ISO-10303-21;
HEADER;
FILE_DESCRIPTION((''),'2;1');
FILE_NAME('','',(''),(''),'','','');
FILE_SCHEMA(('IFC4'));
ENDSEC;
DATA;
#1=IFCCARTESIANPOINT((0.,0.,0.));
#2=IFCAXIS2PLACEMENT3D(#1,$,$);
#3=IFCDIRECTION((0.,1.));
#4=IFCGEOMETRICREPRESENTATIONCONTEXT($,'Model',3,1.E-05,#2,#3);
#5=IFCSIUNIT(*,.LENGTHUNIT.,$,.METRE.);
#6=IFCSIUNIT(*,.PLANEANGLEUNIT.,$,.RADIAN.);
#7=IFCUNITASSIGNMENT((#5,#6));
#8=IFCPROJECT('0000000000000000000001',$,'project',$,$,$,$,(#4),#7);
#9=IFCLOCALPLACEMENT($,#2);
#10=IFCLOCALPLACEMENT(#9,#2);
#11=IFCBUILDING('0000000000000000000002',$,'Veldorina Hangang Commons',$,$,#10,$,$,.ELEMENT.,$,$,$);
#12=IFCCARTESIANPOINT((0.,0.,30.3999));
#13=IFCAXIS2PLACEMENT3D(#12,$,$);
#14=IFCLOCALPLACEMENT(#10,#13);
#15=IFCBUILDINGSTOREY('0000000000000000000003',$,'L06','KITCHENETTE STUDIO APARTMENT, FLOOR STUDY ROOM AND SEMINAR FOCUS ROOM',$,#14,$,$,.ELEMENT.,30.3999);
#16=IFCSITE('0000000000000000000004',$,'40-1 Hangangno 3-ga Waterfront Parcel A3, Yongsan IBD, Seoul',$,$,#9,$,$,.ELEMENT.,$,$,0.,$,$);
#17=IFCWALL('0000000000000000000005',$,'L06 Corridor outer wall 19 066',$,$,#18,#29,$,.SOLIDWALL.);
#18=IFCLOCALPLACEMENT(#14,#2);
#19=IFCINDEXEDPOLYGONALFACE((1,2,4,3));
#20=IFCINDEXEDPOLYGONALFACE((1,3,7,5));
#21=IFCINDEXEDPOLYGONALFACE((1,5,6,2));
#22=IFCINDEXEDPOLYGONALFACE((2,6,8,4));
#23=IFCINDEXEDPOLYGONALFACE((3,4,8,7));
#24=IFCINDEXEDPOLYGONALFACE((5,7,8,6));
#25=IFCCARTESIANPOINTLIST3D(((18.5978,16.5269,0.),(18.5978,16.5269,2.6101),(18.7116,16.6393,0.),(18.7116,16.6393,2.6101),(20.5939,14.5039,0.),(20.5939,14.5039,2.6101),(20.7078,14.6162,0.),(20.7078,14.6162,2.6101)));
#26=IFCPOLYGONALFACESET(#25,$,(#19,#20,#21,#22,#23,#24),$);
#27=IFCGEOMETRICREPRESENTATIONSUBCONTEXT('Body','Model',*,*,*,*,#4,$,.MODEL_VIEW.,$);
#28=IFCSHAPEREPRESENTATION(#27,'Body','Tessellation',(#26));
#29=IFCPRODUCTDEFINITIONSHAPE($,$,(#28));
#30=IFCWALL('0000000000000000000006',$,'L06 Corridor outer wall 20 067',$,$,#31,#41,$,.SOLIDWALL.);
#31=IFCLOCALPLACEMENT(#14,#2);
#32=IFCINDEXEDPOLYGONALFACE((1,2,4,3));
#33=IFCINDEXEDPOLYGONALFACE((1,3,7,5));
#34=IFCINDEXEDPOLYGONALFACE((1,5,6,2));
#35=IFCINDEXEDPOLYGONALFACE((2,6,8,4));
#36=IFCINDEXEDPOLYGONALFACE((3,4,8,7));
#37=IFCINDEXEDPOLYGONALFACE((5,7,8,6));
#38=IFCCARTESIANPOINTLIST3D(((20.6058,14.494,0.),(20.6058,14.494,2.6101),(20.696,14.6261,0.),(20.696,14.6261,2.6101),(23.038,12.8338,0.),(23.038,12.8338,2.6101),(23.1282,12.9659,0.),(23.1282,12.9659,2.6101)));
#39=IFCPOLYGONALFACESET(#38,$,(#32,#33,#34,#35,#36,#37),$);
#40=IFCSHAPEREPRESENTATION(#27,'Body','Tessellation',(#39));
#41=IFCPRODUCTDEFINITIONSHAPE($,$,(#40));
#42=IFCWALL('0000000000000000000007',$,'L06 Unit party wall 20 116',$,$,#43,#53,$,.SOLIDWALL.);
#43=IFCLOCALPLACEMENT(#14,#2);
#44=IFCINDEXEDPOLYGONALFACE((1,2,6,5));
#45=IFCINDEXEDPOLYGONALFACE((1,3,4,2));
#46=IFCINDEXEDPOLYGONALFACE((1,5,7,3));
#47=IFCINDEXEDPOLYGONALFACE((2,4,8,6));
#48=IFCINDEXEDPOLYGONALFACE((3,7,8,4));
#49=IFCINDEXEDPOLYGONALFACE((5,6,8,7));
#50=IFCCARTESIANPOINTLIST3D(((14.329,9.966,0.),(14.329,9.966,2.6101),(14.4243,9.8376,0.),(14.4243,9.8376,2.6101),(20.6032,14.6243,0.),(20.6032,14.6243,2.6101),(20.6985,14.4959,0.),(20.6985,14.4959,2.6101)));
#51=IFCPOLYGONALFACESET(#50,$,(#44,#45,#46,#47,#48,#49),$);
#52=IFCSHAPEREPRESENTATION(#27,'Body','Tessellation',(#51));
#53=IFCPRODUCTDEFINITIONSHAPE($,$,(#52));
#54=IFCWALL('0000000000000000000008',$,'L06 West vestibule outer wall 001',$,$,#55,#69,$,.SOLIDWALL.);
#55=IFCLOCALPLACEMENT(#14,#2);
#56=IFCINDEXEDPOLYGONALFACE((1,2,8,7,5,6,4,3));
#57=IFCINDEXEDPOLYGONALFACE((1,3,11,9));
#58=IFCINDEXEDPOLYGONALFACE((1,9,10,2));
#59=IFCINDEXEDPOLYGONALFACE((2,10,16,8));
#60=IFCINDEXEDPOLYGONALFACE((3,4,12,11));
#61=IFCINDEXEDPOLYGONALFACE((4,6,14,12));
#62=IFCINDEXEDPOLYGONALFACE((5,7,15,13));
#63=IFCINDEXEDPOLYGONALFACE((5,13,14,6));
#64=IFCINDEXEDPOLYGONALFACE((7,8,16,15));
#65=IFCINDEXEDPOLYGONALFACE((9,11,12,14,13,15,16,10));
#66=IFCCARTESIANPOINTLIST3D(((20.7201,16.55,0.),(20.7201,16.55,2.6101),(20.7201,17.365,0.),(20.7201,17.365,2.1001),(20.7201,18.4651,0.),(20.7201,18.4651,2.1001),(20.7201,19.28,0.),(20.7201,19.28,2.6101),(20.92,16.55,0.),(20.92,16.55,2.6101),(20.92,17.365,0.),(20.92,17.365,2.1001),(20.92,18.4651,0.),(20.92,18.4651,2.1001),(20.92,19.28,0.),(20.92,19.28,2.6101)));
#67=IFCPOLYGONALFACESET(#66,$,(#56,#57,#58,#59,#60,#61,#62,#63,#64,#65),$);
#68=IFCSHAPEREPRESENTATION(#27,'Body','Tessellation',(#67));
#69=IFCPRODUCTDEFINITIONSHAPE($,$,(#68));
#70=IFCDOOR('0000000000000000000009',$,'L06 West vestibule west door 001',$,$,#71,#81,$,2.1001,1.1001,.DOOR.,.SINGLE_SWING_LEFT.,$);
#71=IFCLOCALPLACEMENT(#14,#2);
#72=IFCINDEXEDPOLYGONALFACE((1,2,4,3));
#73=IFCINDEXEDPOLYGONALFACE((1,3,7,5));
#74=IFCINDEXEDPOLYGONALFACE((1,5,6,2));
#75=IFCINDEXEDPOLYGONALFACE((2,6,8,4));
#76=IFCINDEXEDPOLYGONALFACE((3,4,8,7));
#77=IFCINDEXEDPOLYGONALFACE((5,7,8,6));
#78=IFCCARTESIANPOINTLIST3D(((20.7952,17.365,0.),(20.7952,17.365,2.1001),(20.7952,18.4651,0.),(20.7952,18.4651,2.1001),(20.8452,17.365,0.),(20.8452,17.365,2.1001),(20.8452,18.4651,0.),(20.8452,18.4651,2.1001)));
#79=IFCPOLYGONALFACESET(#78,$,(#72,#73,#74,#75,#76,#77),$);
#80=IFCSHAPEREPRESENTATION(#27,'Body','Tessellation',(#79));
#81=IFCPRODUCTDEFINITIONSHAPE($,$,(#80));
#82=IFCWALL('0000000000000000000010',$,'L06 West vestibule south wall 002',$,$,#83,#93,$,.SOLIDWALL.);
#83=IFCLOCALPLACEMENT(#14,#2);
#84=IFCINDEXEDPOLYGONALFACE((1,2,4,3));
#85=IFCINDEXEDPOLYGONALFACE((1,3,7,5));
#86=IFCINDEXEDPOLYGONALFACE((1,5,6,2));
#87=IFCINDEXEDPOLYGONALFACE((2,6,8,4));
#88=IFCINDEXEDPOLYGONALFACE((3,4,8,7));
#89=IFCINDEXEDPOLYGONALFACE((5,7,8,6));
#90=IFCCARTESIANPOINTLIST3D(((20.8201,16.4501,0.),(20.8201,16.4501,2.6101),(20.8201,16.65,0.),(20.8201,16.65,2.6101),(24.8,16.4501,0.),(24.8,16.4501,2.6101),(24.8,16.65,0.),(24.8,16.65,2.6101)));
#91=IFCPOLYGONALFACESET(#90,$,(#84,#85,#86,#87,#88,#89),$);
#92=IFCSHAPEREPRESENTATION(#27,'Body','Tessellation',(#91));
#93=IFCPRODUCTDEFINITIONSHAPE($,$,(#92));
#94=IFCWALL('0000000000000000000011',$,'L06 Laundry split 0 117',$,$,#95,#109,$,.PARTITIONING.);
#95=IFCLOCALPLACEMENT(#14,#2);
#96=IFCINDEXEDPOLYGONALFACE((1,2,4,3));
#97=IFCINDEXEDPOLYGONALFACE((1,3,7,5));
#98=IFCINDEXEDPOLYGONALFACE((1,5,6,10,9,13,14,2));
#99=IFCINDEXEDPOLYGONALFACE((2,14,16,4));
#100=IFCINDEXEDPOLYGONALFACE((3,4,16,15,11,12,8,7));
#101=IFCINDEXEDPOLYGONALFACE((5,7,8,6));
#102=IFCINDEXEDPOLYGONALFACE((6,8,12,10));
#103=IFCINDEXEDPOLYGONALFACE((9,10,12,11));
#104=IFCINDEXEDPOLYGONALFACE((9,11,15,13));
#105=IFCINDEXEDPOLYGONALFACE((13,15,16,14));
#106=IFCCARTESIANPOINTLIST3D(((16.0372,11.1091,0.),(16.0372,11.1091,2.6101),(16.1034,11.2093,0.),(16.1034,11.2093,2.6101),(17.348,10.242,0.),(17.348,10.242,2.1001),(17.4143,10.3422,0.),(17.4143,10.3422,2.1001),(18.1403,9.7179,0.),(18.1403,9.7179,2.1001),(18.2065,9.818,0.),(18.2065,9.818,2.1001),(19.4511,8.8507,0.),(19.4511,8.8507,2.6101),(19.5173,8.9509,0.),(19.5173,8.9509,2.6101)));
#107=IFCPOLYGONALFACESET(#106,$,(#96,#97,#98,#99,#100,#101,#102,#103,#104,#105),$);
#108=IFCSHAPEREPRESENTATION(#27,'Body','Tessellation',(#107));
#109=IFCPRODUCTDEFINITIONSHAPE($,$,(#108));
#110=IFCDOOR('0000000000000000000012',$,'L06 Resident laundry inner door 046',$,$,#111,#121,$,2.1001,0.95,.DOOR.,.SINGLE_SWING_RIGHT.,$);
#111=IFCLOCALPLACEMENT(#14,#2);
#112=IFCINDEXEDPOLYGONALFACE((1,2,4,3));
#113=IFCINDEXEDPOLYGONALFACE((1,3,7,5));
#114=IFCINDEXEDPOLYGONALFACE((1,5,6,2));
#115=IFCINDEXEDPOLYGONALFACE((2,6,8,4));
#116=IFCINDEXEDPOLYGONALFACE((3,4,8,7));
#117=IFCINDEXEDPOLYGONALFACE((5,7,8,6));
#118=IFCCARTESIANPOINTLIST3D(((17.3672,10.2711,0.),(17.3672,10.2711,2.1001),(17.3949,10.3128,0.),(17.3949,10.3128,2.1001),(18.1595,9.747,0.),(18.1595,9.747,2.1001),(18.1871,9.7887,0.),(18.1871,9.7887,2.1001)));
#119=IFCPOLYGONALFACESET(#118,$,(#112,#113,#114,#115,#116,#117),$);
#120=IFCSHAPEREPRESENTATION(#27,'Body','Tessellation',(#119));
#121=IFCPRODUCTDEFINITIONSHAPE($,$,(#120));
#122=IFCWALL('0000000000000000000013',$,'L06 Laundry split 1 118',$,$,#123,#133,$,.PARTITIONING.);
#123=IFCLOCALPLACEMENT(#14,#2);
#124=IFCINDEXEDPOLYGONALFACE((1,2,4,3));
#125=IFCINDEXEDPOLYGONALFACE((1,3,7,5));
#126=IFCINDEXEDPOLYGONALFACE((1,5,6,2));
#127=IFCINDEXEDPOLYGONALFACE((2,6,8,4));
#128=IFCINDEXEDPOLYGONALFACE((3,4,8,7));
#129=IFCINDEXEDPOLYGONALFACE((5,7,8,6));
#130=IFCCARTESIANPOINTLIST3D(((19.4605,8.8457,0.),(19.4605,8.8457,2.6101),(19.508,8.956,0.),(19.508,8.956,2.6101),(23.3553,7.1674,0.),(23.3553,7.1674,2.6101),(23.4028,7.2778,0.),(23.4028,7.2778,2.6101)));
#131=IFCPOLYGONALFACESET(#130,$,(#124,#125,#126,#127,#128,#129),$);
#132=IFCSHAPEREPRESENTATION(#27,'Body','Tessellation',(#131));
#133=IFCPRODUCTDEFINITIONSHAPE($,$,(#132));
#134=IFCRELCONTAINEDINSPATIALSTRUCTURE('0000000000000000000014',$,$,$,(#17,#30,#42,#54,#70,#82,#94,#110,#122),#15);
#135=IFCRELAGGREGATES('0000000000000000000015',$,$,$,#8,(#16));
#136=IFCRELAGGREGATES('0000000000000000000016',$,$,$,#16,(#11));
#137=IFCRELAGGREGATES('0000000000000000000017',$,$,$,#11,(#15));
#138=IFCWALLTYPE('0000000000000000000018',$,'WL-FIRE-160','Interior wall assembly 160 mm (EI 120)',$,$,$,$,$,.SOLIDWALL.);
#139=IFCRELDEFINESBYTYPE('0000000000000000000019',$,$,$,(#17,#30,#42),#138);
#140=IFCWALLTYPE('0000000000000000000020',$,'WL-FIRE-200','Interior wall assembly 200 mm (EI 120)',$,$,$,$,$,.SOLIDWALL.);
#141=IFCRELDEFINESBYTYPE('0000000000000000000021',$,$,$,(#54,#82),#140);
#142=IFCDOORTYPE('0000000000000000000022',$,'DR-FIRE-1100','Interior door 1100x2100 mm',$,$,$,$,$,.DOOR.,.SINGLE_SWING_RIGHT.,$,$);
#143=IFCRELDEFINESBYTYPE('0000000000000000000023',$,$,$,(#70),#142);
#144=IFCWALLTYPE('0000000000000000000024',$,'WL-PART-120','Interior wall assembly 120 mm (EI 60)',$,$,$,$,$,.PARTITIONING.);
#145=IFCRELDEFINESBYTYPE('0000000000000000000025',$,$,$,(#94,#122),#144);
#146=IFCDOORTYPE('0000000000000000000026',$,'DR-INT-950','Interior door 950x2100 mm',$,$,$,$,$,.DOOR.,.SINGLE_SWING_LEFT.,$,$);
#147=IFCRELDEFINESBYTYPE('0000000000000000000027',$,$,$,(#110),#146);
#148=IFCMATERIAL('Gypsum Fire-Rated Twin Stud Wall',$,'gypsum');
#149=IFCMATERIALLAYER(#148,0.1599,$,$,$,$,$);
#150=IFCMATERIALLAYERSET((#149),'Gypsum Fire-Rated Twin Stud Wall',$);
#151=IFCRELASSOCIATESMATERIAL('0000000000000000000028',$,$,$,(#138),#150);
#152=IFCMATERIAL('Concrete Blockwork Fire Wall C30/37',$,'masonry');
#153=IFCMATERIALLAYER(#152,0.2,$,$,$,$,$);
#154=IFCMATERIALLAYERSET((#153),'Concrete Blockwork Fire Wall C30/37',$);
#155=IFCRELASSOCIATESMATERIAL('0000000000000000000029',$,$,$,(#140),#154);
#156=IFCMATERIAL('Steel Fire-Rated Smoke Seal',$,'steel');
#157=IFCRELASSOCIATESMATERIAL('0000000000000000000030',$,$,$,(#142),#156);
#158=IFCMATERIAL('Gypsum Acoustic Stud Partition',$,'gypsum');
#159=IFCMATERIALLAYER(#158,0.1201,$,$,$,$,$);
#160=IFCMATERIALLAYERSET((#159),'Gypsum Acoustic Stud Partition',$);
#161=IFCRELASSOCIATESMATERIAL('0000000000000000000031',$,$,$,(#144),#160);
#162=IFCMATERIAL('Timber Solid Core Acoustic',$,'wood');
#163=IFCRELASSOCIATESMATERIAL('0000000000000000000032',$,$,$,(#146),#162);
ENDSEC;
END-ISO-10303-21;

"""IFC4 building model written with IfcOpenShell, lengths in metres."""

from ifc_helpers import new_model, si_unit, direction, frame, frame_2d, origin, place, context, subcontext, project, spatial, rectangle, extrude, material, layer, layer_set, type_object, element, fill, save


model = new_model("IFC4")

# Units and contexts
model_context = context("Model", 3, precision=1e-05, world=origin(), true_north=direction((0.0, 1.0)))
body_context = subcontext(model_context, "Body", "Model", "MODEL_VIEW")
ifc_project = project(units=[si_unit("LENGTHUNIT", "METRE"), si_unit("PLANEANGLEUNIT", "RADIAN")], contexts=[model_context])

# Site, building, storey
site_placement = place(None, origin())
site = spatial("IfcSite", under=ifc_project, at=site_placement, Name="40-1 Hangangno 3-ga Waterfront Parcel A3, Yongsan IBD, Seoul", CompositionType="ELEMENT", RefElevation=0.0)
building_placement = place(site_placement, origin())
building = spatial("IfcBuilding", under=site, at=building_placement, Name="Veldorina Hangang Commons", CompositionType="ELEMENT")
storey_placement = place(building_placement, frame((0.0, 0.0, 30.3999)))
storey = spatial("IfcBuildingStorey", under=building, at=storey_placement, Name="L06", Description="KITCHENETTE STUDIO APARTMENT, FLOOR STUDY ROOM AND SEMINAR FOCUS ROOM", CompositionType="ELEMENT", Elevation=30.3999)

# Shared definitions
ifc_material_1 = material(Name="Gypsum Fire-Rated Twin Stud Wall", Category="gypsum")
ifc_layer_1 = layer(ifc_material_1, 0.1599)
ifc_layer_set_1 = layer_set([ifc_layer_1], Name="Gypsum Fire-Rated Twin Stud Wall")
wall_type_1 = type_object("IfcWallType", Name="WL-FIRE-160", Description="Interior wall assembly 160 mm (EI 120)", PredefinedType="SOLIDWALL", material=ifc_layer_set_1)
ifc_material_2 = material(Name="Timber Solid Core Acoustic", Category="wood")

# Walls
wall_1_placement = place(storey_placement, frame((18.6548, 16.583, 0.0), z_axis=(0.0, 0.0, 1.0), x_axis=(0.702366, -0.711816, 0.0)))
element("IfcWall", 1, at=wall_1_placement, inside=storey, type_object=wall_type_1, Name="L06 Corridor outer wall 19 066", PredefinedType="SOLIDWALL", context=body_context, shape_type="SweptSolid", body=[
    extrude(rectangle(XDim=2.842, YDim=0.1599, at=frame_2d((1.4209, 0.0))), origin(), (0.0, 0.0, 1.0), 2.6101),
])
wall_2_placement = place(storey_placement, frame((20.6509, 14.5601, 0.0), z_axis=(0.0, 0.0, 1.0), x_axis=(0.825929, -0.563774, 0.0)))
element("IfcWall", 2, at=wall_2_placement, inside=storey, type_object=wall_type_1, Name="L06 Corridor outer wall 20 067", PredefinedType="SOLIDWALL", context=body_context, shape_type="SweptSolid", body=[
    extrude(rectangle(XDim=2.9448, YDim=0.1599, at=frame_2d((1.4724, 0.0))), origin(), (0.0, 0.0, 1.0), 2.6101),
])
wall_3_placement = place(storey_placement, frame((20.6509, 14.5601, 0.0), z_axis=(0.0, 0.0, 1.0), x_axis=(-0.802904, -0.596109, 0.0)))
element("IfcWall", 3, at=wall_3_placement, inside=storey, type_object=wall_type_1, Name="L06 Unit party wall 20 116", PredefinedType="SOLIDWALL", context=body_context, shape_type="SweptSolid", body=[
    extrude(rectangle(XDim=7.8145, YDim=0.1599, at=frame_2d((3.9072, 0.0))), origin(), (0.0, 0.0, 1.0), 2.6101),
])

# Wall, opening, door
ifc_material_3 = material(Name="Concrete Blockwork Fire Wall C30/37", Category="masonry")
ifc_layer_2 = layer(ifc_material_3, 0.2)
ifc_layer_set_2 = layer_set([ifc_layer_2], Name="Concrete Blockwork Fire Wall C30/37")
wall_type_2 = type_object("IfcWallType", Name="WL-FIRE-200", Description="Interior wall assembly 200 mm (EI 120)", PredefinedType="SOLIDWALL", material=ifc_layer_set_2)
wall_4_placement = place(storey_placement, frame((20.8201, 16.55, 0.0), z_axis=(0.0, 0.0, 1.0), x_axis=(0.0, 1.0, 0.0)))
wall_4 = element("IfcWall", 4, at=wall_4_placement, inside=storey, type_object=wall_type_2, Name="L06 West vestibule outer wall 001", PredefinedType="SOLIDWALL", context=body_context, shape_type="SweptSolid", body=[
    extrude(rectangle(XDim=2.73, YDim=0.2, at=frame_2d((1.365, 0.0))), origin(), (0.0, 0.0, 1.0), 2.6101),
])
opening_1_placement = place(wall_4_placement, frame((0.8149, 0.0, 0.0)))
opening_1 = element("IfcOpeningElement", 5, at=opening_1_placement, cuts=wall_4, PredefinedType="OPENING", context=body_context, shape_type="SweptSolid", body=[
    extrude(rectangle(XDim=1.1001, YDim=2.1001, at=frame_2d((0.55, 1.05))), frame((0.0, 0.1099, 0.0), z_axis=(0.0, -1.0, 0.0), x_axis=(1.0, 0.0, 0.0)), (0.0, 0.0, 1.0), 0.22),
])
ifc_material_4 = material(Name="Steel Fire-Rated Smoke Seal", Category="steel")
door_type_1 = type_object("IfcDoorType", Name="DR-FIRE-1100", Description="Interior door 1100x2100 mm", OperationType="SINGLE_SWING_RIGHT", PredefinedType="DOOR", material=ifc_material_4)
door_1_placement = place(opening_1_placement, origin())
door_1 = element("IfcDoor", 6, at=door_1_placement, inside=storey, type_object=door_type_1, Name="L06 West vestibule west door 001", OperationType="SINGLE_SWING_LEFT", OverallHeight=2.1001, OverallWidth=1.1001, PredefinedType="DOOR", context=body_context, shape_type="SweptSolid", body=[
    extrude(rectangle(XDim=1.1001, YDim=2.1001, at=frame_2d((0.55, 1.05))), frame((0.0, 0.0249, 0.0), z_axis=(0.0, -1.0, 0.0), x_axis=(1.0, 0.0, 0.0)), (0.0, 0.0, 1.0), 0.05),
])
fill(opening_1, door_1)

# Wall
wall_5_placement = place(storey_placement, frame((20.8201, 16.55, 0.0), z_axis=(0.0, 0.0, 1.0), x_axis=(1.0, 0.0, 0.0)))
element("IfcWall", 7, at=wall_5_placement, inside=storey, type_object=wall_type_2, Name="L06 West vestibule south wall 002", PredefinedType="SOLIDWALL", context=body_context, shape_type="SweptSolid", body=[
    extrude(rectangle(XDim=3.98, YDim=0.2, at=frame_2d((1.99, 0.0))), origin(), (0.0, 0.0, 1.0), 2.6101),
])

# Wall, opening, door
ifc_material_5 = material(Name="Gypsum Acoustic Stud Partition", Category="gypsum")
ifc_layer_3 = layer(ifc_material_5, 0.1201)
ifc_layer_set_3 = layer_set([ifc_layer_3], Name="Gypsum Acoustic Stud Partition")
wall_type_3 = type_object("IfcWallType", Name="WL-PART-120", Description="Interior wall assembly 120 mm (EI 60)", PredefinedType="PARTITIONING", material=ifc_layer_set_3)
wall_6_placement = place(storey_placement, frame((16.0703, 11.1592, 0.0), z_axis=(0.0, 0.0, 1.0), x_axis=(0.834027, -0.551724, 0.0)))
wall_6 = element("IfcWall", 8, at=wall_6_placement, inside=storey, type_object=wall_type_3, Name="L06 Laundry split 0 117", PredefinedType="PARTITIONING", context=body_context, shape_type="SweptSolid", body=[
    extrude(rectangle(XDim=4.0933, YDim=0.1201, at=frame_2d((2.0466, 0.0))), origin(), (0.0, 0.0, 1.0), 2.6101),
])
opening_2_placement = place(wall_6_placement, frame((1.5715, 0.0, 0.0)))
opening_2 = element("IfcOpeningElement", 9, at=opening_2_placement, cuts=wall_6, PredefinedType="OPENING", context=body_context, shape_type="SweptSolid", body=[
    extrude(rectangle(XDim=0.95, YDim=2.1001, at=frame_2d((0.4751, 1.05))), frame((0.0, 0.0701, 0.0), z_axis=(0.0, -1.0, 0.0), x_axis=(1.0, 0.0, 0.0)), (0.0, 0.0, 1.0), 0.1401),
])
door_type_2 = type_object("IfcDoorType", Name="DR-INT-950", Description="Interior door 950x2100 mm", OperationType="SINGLE_SWING_LEFT", PredefinedType="DOOR", material=ifc_material_2)
door_2_placement = place(opening_2_placement, origin())
door_2 = element("IfcDoor", 10, at=door_2_placement, inside=storey, type_object=door_type_2, Name="L06 Resident laundry inner door 046", OperationType="SINGLE_SWING_RIGHT", OverallHeight=2.1001, OverallWidth=0.95, PredefinedType="DOOR", context=body_context, shape_type="SweptSolid", body=[
    extrude(rectangle(XDim=0.95, YDim=2.1001, at=frame_2d((0.4751, 1.05))), frame((0.0, 0.0249, 0.0), z_axis=(0.0, -1.0, 0.0), x_axis=(1.0, 0.0, 0.0)), (0.0, 0.0, 1.0), 0.05),
])
fill(opening_2, door_2)

# Wall
wall_7_placement = place(storey_placement, frame((19.4841, 8.9009, 0.0), z_axis=(0.0, 0.0, 1.0), x_axis=(0.918372, -0.395718, 0.0)))
element("IfcWall", 11, at=wall_7_placement, inside=storey, type_object=wall_type_3, Name="L06 Laundry split 1 118", PredefinedType="PARTITIONING", context=body_context, shape_type="SweptSolid", body=[
    extrude(rectangle(XDim=4.241, YDim=0.1201, at=frame_2d((2.1206, 0.0))), origin(), (0.0, 0.0, 1.0), 2.6101),
])

save(model, "model.ifc")
